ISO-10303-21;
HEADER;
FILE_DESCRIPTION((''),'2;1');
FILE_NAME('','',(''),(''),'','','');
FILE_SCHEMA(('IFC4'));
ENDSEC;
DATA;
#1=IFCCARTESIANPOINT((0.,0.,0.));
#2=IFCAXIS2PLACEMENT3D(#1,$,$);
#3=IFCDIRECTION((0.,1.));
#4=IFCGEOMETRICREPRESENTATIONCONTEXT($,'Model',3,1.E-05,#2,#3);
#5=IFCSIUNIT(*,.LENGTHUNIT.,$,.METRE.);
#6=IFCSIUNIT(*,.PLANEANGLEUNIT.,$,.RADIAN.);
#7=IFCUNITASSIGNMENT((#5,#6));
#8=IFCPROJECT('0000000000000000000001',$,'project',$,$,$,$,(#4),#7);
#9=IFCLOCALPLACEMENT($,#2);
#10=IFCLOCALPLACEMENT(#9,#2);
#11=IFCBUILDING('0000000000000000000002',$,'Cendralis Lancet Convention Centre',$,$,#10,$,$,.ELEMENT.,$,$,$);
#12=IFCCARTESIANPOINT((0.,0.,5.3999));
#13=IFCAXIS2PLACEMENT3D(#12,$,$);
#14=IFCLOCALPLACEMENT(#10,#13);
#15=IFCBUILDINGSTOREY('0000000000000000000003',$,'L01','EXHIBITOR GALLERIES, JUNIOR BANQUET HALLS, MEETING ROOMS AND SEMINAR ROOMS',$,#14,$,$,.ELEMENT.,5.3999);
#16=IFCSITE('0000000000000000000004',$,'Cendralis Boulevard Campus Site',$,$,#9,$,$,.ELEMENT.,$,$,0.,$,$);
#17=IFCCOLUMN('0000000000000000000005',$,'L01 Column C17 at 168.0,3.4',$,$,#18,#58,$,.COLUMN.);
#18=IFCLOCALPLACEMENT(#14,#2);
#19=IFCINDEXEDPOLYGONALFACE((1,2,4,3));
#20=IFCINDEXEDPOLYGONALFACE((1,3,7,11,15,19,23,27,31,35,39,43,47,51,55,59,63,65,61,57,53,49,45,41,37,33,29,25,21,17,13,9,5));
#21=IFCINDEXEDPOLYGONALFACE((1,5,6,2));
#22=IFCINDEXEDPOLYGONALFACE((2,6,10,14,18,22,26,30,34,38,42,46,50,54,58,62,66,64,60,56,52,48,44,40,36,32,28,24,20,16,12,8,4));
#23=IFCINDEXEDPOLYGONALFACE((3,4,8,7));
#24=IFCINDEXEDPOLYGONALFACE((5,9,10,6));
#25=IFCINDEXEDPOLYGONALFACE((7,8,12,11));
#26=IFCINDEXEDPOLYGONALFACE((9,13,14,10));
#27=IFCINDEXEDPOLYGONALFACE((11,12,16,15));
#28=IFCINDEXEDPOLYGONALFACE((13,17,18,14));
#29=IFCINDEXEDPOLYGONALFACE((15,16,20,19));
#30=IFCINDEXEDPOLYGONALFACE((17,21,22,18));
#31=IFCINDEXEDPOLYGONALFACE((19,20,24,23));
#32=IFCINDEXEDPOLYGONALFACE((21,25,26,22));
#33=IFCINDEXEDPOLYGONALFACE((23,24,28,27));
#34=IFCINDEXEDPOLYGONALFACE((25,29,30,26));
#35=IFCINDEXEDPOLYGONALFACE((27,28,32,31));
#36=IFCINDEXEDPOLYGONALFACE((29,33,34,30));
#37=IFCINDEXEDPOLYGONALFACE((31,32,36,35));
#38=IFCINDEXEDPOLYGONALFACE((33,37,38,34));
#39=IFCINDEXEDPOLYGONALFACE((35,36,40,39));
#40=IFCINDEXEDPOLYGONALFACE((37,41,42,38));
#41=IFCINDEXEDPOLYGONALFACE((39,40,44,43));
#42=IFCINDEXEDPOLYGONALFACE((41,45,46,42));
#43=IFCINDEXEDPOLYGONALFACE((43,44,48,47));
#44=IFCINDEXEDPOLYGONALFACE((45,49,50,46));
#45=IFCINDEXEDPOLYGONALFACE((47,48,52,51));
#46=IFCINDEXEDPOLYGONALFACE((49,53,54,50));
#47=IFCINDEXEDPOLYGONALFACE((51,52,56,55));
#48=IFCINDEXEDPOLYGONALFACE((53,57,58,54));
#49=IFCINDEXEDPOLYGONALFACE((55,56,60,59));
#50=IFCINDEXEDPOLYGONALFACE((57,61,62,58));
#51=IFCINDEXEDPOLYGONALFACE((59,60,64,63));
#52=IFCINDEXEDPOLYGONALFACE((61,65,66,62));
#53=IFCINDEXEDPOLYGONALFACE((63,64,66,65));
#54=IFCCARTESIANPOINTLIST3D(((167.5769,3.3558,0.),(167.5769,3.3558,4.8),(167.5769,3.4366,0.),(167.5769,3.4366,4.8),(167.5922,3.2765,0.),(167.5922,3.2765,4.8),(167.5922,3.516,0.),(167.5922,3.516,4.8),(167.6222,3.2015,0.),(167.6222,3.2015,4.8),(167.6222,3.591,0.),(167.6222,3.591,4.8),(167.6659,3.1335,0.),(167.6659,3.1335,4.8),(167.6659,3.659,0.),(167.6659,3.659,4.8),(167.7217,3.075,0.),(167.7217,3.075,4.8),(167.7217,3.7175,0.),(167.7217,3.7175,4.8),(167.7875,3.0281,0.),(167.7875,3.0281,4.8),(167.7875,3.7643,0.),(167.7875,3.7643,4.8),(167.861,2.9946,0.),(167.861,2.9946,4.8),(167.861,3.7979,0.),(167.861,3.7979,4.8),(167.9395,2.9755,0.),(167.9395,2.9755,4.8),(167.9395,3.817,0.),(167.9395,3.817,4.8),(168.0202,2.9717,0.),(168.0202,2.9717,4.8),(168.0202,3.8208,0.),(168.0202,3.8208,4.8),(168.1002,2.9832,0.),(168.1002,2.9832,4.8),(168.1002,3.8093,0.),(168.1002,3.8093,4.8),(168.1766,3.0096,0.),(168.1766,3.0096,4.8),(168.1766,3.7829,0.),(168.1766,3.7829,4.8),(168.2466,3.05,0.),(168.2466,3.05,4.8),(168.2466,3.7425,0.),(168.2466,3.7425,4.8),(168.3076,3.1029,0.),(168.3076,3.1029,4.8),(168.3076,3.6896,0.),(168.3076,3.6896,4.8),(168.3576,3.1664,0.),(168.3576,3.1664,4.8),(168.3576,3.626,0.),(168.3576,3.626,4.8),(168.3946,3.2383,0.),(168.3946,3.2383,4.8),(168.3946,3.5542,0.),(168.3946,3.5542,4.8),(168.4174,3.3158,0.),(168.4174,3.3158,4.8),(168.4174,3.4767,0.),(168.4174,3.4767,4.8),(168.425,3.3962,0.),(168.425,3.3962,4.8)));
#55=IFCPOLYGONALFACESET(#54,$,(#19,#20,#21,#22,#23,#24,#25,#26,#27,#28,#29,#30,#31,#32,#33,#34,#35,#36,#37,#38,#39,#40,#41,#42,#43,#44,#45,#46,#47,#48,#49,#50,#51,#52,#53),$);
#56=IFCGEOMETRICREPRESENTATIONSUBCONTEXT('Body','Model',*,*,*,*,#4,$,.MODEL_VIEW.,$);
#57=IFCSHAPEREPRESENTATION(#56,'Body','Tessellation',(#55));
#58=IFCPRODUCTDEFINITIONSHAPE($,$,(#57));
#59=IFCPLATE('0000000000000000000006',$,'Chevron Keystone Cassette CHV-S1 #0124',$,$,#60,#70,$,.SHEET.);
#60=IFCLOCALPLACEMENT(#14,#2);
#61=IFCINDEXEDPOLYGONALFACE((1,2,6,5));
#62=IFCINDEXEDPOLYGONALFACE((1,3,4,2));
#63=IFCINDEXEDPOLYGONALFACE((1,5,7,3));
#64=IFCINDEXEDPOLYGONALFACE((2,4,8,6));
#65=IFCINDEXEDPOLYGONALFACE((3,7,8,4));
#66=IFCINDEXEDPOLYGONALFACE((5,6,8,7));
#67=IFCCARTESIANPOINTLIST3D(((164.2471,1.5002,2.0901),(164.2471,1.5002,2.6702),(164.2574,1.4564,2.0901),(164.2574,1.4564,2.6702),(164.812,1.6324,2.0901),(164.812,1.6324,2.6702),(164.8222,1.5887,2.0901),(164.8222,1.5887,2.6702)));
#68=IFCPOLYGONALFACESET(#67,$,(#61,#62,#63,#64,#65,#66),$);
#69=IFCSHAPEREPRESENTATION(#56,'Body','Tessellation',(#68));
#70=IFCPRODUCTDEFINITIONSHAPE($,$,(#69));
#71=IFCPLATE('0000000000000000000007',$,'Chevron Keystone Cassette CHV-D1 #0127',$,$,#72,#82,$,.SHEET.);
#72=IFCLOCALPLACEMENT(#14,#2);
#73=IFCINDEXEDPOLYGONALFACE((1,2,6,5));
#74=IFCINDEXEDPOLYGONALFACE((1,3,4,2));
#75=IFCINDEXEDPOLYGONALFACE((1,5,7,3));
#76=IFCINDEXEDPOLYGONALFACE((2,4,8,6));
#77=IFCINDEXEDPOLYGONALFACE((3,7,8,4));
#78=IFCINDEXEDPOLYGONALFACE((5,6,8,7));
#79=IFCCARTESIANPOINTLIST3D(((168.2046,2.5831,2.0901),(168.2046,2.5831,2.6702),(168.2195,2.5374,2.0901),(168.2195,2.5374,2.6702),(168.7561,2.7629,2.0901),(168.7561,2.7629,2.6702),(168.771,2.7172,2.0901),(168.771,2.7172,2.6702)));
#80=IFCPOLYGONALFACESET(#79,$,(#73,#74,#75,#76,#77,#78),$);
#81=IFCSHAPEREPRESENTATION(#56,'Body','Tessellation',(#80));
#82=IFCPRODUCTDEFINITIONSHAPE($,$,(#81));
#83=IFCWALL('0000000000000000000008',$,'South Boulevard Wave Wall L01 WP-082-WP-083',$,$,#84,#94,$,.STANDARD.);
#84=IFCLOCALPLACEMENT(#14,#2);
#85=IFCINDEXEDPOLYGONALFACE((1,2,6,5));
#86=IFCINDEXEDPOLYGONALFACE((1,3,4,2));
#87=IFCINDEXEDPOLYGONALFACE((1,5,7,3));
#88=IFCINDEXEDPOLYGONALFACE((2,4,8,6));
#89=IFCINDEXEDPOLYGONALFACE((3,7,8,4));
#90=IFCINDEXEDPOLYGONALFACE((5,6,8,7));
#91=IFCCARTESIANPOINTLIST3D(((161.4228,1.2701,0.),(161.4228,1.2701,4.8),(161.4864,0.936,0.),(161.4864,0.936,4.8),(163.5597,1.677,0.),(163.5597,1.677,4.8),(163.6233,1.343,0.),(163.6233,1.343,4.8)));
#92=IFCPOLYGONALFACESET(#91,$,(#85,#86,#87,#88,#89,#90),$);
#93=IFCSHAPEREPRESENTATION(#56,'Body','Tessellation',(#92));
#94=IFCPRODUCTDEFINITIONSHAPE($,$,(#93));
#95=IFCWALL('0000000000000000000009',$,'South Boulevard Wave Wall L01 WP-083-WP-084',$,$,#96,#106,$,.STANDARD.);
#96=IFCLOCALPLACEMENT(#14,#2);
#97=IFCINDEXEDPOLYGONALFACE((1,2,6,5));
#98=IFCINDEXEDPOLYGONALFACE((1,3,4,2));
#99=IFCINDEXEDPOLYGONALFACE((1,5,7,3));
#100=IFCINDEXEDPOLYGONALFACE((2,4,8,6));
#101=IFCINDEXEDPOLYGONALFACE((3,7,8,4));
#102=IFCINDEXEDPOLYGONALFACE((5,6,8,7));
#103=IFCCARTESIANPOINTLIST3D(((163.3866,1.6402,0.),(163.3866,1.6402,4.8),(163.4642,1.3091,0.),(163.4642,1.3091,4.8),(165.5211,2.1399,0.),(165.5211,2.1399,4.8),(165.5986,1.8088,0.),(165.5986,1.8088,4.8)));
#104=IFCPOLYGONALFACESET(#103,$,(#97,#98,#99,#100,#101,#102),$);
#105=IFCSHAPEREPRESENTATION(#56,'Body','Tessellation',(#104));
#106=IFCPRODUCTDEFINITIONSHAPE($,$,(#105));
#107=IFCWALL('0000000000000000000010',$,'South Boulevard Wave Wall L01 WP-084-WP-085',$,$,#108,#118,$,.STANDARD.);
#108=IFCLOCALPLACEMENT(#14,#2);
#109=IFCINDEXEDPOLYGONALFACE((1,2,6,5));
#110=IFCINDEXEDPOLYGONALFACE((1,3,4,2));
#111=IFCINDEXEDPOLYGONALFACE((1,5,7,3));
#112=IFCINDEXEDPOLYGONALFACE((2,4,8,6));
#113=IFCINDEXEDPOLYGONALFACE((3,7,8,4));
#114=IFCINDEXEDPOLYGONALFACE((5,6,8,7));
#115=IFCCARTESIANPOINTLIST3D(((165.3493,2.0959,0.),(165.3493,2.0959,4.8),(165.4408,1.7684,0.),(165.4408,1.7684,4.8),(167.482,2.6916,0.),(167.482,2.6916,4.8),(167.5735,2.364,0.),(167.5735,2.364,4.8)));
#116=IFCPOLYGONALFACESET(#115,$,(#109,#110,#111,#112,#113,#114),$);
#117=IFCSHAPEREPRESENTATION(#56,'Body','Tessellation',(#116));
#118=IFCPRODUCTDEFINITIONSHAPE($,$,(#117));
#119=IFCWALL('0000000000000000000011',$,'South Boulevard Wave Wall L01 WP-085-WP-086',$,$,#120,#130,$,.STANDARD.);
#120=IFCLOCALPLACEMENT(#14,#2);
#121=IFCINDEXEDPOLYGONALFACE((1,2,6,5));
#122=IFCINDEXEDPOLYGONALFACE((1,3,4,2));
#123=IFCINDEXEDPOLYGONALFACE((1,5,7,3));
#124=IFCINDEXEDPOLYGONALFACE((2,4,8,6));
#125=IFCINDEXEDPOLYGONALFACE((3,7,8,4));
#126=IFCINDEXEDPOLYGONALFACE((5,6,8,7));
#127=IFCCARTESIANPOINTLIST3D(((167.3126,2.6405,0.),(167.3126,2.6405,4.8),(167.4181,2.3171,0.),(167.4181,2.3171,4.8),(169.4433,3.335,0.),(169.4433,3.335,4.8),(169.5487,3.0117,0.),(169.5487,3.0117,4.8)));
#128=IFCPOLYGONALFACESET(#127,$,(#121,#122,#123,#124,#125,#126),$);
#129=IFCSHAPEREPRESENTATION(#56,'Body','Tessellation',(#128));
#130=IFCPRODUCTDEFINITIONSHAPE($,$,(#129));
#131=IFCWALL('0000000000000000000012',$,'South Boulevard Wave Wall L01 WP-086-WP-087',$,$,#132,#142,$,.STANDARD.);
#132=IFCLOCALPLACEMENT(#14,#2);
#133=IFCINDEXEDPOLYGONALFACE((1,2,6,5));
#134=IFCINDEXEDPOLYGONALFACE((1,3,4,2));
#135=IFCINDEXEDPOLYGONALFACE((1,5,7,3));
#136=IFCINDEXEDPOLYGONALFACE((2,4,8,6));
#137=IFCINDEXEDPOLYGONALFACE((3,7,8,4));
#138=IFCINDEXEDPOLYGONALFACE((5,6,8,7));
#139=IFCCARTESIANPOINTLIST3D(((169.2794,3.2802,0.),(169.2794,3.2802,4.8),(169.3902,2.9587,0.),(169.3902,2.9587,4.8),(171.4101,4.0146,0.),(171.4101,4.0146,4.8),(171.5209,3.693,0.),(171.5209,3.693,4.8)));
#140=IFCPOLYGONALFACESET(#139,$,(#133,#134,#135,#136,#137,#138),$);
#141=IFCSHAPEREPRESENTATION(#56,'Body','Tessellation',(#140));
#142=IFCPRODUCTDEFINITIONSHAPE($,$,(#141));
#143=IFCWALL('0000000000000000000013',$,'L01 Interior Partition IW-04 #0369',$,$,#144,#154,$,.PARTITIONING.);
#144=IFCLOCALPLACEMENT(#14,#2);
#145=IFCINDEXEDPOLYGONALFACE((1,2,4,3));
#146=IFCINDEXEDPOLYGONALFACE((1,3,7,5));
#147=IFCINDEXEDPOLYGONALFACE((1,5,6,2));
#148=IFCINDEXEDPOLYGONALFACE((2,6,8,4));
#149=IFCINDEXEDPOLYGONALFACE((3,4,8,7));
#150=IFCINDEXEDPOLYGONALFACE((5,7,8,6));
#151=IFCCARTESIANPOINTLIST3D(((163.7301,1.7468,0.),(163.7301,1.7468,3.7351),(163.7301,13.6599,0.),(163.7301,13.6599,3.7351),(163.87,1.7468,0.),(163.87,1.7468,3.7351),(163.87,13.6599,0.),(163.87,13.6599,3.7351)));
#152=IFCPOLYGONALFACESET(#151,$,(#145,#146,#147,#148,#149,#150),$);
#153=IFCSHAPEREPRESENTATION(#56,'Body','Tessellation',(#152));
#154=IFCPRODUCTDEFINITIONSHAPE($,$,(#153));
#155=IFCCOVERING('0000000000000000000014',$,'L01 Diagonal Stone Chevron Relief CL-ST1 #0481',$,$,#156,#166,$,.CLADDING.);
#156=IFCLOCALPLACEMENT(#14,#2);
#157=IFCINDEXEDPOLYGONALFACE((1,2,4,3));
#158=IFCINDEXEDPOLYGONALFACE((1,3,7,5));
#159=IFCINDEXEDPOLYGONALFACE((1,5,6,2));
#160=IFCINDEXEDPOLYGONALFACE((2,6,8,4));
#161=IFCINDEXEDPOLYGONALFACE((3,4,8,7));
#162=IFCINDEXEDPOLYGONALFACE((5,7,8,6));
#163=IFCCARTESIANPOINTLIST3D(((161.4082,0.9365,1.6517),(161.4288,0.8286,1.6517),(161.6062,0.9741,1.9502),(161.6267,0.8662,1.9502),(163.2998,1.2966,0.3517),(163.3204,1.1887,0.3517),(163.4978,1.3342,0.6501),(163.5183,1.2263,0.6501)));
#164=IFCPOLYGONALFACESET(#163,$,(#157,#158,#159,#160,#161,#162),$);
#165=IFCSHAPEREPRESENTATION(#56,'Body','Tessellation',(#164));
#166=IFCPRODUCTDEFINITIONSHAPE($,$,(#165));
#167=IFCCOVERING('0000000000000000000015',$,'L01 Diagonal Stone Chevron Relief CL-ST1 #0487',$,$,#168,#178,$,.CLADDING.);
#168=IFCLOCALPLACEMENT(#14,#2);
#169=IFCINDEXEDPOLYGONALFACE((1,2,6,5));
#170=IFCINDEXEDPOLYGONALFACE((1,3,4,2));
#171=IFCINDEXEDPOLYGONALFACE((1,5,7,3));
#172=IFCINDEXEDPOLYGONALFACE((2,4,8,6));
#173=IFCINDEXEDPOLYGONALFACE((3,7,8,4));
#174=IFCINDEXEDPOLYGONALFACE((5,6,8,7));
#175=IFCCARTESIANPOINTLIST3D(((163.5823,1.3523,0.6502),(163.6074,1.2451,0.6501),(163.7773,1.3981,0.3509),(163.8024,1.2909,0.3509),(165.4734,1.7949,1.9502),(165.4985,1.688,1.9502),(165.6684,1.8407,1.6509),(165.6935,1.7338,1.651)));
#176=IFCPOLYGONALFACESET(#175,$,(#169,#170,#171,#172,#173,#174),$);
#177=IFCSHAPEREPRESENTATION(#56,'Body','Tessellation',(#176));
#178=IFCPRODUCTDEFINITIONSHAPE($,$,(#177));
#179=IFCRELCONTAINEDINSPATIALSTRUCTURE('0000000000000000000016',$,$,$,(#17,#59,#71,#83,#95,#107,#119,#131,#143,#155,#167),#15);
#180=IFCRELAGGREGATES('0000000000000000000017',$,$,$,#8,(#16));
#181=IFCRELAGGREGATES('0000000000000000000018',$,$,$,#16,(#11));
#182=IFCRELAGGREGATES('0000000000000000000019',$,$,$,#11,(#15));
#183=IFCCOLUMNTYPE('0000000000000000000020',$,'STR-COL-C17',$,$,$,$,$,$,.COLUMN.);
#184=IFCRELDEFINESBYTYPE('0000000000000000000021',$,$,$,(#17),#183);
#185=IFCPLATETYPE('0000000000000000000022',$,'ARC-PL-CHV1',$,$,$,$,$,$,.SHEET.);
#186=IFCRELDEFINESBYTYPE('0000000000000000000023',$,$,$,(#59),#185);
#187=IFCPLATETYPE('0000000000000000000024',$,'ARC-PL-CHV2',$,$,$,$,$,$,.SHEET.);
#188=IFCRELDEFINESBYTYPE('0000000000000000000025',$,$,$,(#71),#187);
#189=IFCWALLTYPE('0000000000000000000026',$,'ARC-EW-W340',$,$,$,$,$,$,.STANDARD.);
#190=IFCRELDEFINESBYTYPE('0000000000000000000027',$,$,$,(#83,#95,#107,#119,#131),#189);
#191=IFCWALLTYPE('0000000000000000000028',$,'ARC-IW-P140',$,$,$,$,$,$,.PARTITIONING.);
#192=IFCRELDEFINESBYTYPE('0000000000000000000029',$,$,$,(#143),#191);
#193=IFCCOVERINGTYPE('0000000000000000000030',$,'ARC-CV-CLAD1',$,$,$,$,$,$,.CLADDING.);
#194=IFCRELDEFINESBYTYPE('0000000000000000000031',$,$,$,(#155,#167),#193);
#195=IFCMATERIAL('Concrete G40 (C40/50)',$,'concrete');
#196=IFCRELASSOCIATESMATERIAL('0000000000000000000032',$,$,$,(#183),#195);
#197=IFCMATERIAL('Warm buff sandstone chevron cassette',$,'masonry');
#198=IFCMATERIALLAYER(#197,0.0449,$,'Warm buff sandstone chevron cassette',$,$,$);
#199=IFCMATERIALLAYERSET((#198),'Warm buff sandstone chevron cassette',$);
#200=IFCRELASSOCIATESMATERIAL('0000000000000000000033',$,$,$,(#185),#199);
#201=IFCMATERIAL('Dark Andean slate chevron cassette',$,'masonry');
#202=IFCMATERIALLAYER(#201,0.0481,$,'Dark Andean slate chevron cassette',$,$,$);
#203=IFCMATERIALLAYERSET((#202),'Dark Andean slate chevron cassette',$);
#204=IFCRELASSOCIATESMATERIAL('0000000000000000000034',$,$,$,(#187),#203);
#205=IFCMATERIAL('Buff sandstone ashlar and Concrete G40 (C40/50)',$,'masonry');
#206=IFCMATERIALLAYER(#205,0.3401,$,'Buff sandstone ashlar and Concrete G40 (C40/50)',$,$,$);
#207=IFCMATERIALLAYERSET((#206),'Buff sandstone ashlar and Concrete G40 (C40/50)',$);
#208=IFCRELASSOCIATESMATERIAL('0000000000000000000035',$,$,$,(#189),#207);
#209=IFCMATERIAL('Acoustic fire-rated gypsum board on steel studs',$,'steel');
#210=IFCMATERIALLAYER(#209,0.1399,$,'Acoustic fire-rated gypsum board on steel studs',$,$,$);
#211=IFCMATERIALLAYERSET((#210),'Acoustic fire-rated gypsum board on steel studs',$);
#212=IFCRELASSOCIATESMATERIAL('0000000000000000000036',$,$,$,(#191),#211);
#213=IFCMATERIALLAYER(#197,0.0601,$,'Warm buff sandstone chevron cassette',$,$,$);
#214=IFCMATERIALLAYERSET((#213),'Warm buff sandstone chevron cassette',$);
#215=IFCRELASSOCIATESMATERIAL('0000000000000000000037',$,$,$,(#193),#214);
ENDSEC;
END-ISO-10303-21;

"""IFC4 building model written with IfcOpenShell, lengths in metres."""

from ifc_helpers import new_model, si_unit, direction, frame, frame_2d, origin, origin_2d, place, context, subcontext, project, spatial, polyline, rectangle, circle, outline, extrude, material, layer, layer_set, material_profile, profile_set, type_object, element, save


model = new_model("IFC4")

# Units and contexts
model_context = context("Model", 3, precision=1e-05, world=origin(), true_north=direction((0.0, 1.0)))
body_context = subcontext(model_context, "Body", "Model", "MODEL_VIEW")
ifc_project = project(units=[si_unit("LENGTHUNIT", "METRE"), si_unit("PLANEANGLEUNIT", "RADIAN")], contexts=[model_context])

# Site, building, storey
site_placement = place(None, origin())
site = spatial("IfcSite", under=ifc_project, at=site_placement, Name="Cendralis Boulevard Campus Site", CompositionType="ELEMENT", RefElevation=0.0)
building_placement = place(site_placement, origin())
building = spatial("IfcBuilding", under=site, at=building_placement, Name="Cendralis Lancet Convention Centre", CompositionType="ELEMENT")
storey_placement = place(building_placement, frame((0.0, 0.0, 5.3999)))
storey = spatial("IfcBuildingStorey", under=building, at=storey_placement, Name="L01", Description="EXHIBITOR GALLERIES, JUNIOR BANQUET HALLS, MEETING ROOMS AND SEMINAR ROOMS", CompositionType="ELEMENT", Elevation=5.3999)

# Column
ifc_material_1 = material(Name="Concrete G40 (C40/50)", Category="concrete")
ifc_material_profile = material_profile(ifc_material_1, circle(Radius=0.425, at=origin_2d()), Name="RC D850")
ifc_profile_set = profile_set([ifc_material_profile], Name="Concrete G40 (C40/50)")
column_type = type_object("IfcColumnType", Name="STR-COL-C17", PredefinedType="COLUMN", material=ifc_profile_set)
column_placement = place(storey_placement, frame((168.0, 3.3962, 0.0), z_axis=(0.0, 0.0, 1.0), x_axis=(1.0, 0.0, 0.0)))
element("IfcColumn", 1, at=column_placement, inside=storey, type_object=column_type, Name="L01 Column C17 at 168.0,3.4", PredefinedType="COLUMN", context=body_context, shape_type="SweptSolid", body=[
    extrude(circle(Radius=0.425, at=origin_2d()), origin(), (0.0, 0.0, 1.0), 4.8),
])

# Plates
ifc_material_2 = material(Name="Warm buff sandstone chevron cassette", Category="masonry")
ifc_layer_1 = layer(ifc_material_2, 0.0449, Name="Warm buff sandstone chevron cassette")
ifc_layer_set_1 = layer_set([ifc_layer_1], Name="Warm buff sandstone chevron cassette")
plate_type_1 = type_object("IfcPlateType", Name="ARC-PL-CHV1", PredefinedType="SHEET", material=ifc_layer_set_1)
plate_1_placement = place(storey_placement, frame((164.5347, 1.5444, 2.0901), z_axis=(0.0, 0.0, 1.0), x_axis=(0.97367, 0.22796, 0.0)))
element("IfcPlate", 2, at=plate_1_placement, inside=storey, type_object=plate_type_1, Name="Chevron Keystone Cassette CHV-S1 #0124", PredefinedType="SHEET", context=body_context, shape_type="SweptSolid", body=[
    extrude(rectangle(XDim=0.5801, YDim=0.0449, at=origin_2d()), origin(), (0.0, 0.0, 1.0), 0.5801),
])
ifc_material_3 = material(Name="Dark Andean slate chevron cassette", Category="masonry")
ifc_layer_2 = layer(ifc_material_3, 0.0481, Name="Dark Andean slate chevron cassette")
ifc_layer_set_2 = layer_set([ifc_layer_2], Name="Dark Andean slate chevron cassette")
plate_type_2 = type_object("IfcPlateType", Name="ARC-PL-CHV2", PredefinedType="SHEET", material=ifc_layer_set_2)
plate_2_placement = place(storey_placement, frame((168.4878, 2.6501, 2.0901), z_axis=(0.0, 0.0, 1.0), x_axis=(0.950738, 0.309996, 0.0)))
element("IfcPlate", 3, at=plate_2_placement, inside=storey, type_object=plate_type_2, Name="Chevron Keystone Cassette CHV-D1 #0127", PredefinedType="SHEET", context=body_context, shape_type="SweptSolid", body=[
    extrude(rectangle(XDim=0.5801, YDim=0.0481, at=origin_2d()), origin(), (0.0, 0.0, 1.0), 0.5801),
])

# Walls
ifc_material_4 = material(Name="Buff sandstone ashlar and Concrete G40 (C40/50)", Category="masonry")
ifc_layer_3 = layer(ifc_material_4, 0.3401, Name="Buff sandstone ashlar and Concrete G40 (C40/50)")
ifc_layer_set_3 = layer_set([ifc_layer_3], Name="Buff sandstone ashlar and Concrete G40 (C40/50)")
wall_type_1 = type_object("IfcWallType", Name="ARC-EW-W340", PredefinedType="STANDARD", material=ifc_layer_set_3)
wall_1_placement = place(storey_placement, frame((161.4546, 1.103, 0.0), z_axis=(0.0, 0.0, 1.0), x_axis=(0.982343, 0.187086, 0.0)))
element("IfcWall", 4, at=wall_1_placement, inside=storey, type_object=wall_type_1, Name="South Boulevard Wave Wall L01 WP-082-WP-083", PredefinedType="STANDARD", context=body_context, shape_type="SweptSolid", body=[
    extrude(rectangle(XDim=2.1753, YDim=0.3401, at=frame_2d((1.0876, 0.0))), origin(), (0.0, 0.0, 1.0), 4.8),
])
wall_2_placement = place(storey_placement, frame((163.4253, 1.4746, 0.0), z_axis=(0.0, 0.0, 1.0), x_axis=(0.973669, 0.227965, 0.0)))
element("IfcWall", 5, at=wall_2_placement, inside=storey, type_object=wall_type_1, Name="South Boulevard Wave Wall L01 WP-083-WP-084", PredefinedType="STANDARD", context=body_context, shape_type="SweptSolid", body=[
    extrude(rectangle(XDim=2.1921, YDim=0.3401, at=frame_2d((1.0962, 0.0))), origin(), (0.0, 0.0, 1.0), 4.8),
])
wall_3_placement = place(storey_placement, frame((165.395, 1.9321, 0.0), z_axis=(0.0, 0.0, 1.0), x_axis=(0.963138, 0.269008, 0.0)))
element("IfcWall", 6, at=wall_3_placement, inside=storey, type_object=wall_type_1, Name="South Boulevard Wave Wall L01 WP-084-WP-085", PredefinedType="STANDARD", context=body_context, shape_type="SweptSolid", body=[
    extrude(rectangle(XDim=2.2144, YDim=0.3401, at=frame_2d((1.1072, 0.0))), origin(), (0.0, 0.0, 1.0), 4.8),
])
wall_4_placement = place(storey_placement, frame((167.3652, 2.4788, 0.0), z_axis=(0.0, 0.0, 1.0), x_axis=(0.950754, 0.309946, 0.0)))
element("IfcWall", 7, at=wall_4_placement, inside=storey, type_object=wall_type_1, Name="South Boulevard Wave Wall L01 WP-085-WP-086", PredefinedType="STANDARD", context=body_context, shape_type="SweptSolid", body=[
    extrude(rectangle(XDim=2.241, YDim=0.3401, at=frame_2d((1.1206, 0.0))), origin(), (0.0, 0.0, 1.0), 4.8),
])
wall_5_placement = place(storey_placement, frame((169.3347, 3.1194, 0.0), z_axis=(0.0, 0.0, 1.0), x_axis=(0.945417, 0.325864, 0.0)))
element("IfcWall", 8, at=wall_5_placement, inside=storey, type_object=wall_type_1, Name="South Boulevard Wave Wall L01 WP-086-WP-087", PredefinedType="STANDARD", context=body_context, shape_type="SweptSolid", body=[
    extrude(rectangle(XDim=2.2537, YDim=0.3401, at=frame_2d((1.127, 0.0))), origin(), (0.0, 0.0, 1.0), 4.8),
])
ifc_material_5 = material(Name="Acoustic fire-rated gypsum board on steel studs", Category="steel")
ifc_layer_4 = layer(ifc_material_5, 0.1399, Name="Acoustic fire-rated gypsum board on steel studs")
ifc_layer_set_4 = layer_set([ifc_layer_4], Name="Acoustic fire-rated gypsum board on steel studs")
wall_type_2 = type_object("IfcWallType", Name="ARC-IW-P140", PredefinedType="PARTITIONING", material=ifc_layer_set_4)
wall_6_placement = place(storey_placement, frame((163.8, 1.7468, 0.0), z_axis=(0.0, 0.0, 1.0), x_axis=(0.0, 1.0, 0.0)))
element("IfcWall", 9, at=wall_6_placement, inside=storey, type_object=wall_type_2, Name="L01 Interior Partition IW-04 #0369", PredefinedType="PARTITIONING", context=body_context, shape_type="SweptSolid", body=[
    extrude(rectangle(XDim=11.9131, YDim=0.1399, at=frame_2d((5.9565, 0.0))), origin(), (0.0, 0.0, 1.0), 3.7351),
])

# Coverings
ifc_layer_5 = layer(ifc_material_2, 0.0601, Name="Warm buff sandstone chevron cassette")
ifc_layer_set_5 = layer_set([ifc_layer_5], Name="Warm buff sandstone chevron cassette")
covering_type_1 = type_object("IfcCoveringType", Name="ARC-CV-CLAD1", PredefinedType="CLADDING", material=ifc_layer_set_5)
covering_1_placement = place(storey_placement, frame((161.6267, 0.8662, 1.9502), z_axis=(0.549719, 0.104471, 0.828791), x_axis=(0.814169, 0.154995, -0.559558)))
element("IfcCovering", 10, at=covering_1_placement, inside=storey, type_object=covering_type_1, Name="L01 Diagonal Stone Chevron Relief CL-ST1 #0481", PredefinedType="CLADDING", context=body_context, shape_type="SweptSolid", body=[
    extrude(outline(polyline([(0.0, 0.0), (2.3234, 0.0), (2.3234, 0.1098), (0.0, 0.1098), (0.0, 0.0)])), origin(), (0.0, 0.0, -1.0), 0.3601),
])
covering_2_placement = place(storey_placement, frame((163.6074, 1.2451, 0.6501), z_axis=(-0.541506, -0.127195, 0.831019), x_axis=(0.809128, 0.189486, 0.556244)))
element("IfcCovering", 11, at=covering_2_placement, inside=storey, type_object=covering_type_1, Name="L01 Diagonal Stone Chevron Relief CL-ST1 #0487", PredefinedType="CLADDING", context=body_context, shape_type="SweptSolid", body=[
    extrude(outline(polyline([(0.0, 0.0), (2.3372, 0.0), (2.3371, 0.1099), (0.0, 0.1101), (0.0, 0.0)])), origin(), (0.0, 0.0, -1.0), 0.3601),
])

save(model, "model.ifc")
